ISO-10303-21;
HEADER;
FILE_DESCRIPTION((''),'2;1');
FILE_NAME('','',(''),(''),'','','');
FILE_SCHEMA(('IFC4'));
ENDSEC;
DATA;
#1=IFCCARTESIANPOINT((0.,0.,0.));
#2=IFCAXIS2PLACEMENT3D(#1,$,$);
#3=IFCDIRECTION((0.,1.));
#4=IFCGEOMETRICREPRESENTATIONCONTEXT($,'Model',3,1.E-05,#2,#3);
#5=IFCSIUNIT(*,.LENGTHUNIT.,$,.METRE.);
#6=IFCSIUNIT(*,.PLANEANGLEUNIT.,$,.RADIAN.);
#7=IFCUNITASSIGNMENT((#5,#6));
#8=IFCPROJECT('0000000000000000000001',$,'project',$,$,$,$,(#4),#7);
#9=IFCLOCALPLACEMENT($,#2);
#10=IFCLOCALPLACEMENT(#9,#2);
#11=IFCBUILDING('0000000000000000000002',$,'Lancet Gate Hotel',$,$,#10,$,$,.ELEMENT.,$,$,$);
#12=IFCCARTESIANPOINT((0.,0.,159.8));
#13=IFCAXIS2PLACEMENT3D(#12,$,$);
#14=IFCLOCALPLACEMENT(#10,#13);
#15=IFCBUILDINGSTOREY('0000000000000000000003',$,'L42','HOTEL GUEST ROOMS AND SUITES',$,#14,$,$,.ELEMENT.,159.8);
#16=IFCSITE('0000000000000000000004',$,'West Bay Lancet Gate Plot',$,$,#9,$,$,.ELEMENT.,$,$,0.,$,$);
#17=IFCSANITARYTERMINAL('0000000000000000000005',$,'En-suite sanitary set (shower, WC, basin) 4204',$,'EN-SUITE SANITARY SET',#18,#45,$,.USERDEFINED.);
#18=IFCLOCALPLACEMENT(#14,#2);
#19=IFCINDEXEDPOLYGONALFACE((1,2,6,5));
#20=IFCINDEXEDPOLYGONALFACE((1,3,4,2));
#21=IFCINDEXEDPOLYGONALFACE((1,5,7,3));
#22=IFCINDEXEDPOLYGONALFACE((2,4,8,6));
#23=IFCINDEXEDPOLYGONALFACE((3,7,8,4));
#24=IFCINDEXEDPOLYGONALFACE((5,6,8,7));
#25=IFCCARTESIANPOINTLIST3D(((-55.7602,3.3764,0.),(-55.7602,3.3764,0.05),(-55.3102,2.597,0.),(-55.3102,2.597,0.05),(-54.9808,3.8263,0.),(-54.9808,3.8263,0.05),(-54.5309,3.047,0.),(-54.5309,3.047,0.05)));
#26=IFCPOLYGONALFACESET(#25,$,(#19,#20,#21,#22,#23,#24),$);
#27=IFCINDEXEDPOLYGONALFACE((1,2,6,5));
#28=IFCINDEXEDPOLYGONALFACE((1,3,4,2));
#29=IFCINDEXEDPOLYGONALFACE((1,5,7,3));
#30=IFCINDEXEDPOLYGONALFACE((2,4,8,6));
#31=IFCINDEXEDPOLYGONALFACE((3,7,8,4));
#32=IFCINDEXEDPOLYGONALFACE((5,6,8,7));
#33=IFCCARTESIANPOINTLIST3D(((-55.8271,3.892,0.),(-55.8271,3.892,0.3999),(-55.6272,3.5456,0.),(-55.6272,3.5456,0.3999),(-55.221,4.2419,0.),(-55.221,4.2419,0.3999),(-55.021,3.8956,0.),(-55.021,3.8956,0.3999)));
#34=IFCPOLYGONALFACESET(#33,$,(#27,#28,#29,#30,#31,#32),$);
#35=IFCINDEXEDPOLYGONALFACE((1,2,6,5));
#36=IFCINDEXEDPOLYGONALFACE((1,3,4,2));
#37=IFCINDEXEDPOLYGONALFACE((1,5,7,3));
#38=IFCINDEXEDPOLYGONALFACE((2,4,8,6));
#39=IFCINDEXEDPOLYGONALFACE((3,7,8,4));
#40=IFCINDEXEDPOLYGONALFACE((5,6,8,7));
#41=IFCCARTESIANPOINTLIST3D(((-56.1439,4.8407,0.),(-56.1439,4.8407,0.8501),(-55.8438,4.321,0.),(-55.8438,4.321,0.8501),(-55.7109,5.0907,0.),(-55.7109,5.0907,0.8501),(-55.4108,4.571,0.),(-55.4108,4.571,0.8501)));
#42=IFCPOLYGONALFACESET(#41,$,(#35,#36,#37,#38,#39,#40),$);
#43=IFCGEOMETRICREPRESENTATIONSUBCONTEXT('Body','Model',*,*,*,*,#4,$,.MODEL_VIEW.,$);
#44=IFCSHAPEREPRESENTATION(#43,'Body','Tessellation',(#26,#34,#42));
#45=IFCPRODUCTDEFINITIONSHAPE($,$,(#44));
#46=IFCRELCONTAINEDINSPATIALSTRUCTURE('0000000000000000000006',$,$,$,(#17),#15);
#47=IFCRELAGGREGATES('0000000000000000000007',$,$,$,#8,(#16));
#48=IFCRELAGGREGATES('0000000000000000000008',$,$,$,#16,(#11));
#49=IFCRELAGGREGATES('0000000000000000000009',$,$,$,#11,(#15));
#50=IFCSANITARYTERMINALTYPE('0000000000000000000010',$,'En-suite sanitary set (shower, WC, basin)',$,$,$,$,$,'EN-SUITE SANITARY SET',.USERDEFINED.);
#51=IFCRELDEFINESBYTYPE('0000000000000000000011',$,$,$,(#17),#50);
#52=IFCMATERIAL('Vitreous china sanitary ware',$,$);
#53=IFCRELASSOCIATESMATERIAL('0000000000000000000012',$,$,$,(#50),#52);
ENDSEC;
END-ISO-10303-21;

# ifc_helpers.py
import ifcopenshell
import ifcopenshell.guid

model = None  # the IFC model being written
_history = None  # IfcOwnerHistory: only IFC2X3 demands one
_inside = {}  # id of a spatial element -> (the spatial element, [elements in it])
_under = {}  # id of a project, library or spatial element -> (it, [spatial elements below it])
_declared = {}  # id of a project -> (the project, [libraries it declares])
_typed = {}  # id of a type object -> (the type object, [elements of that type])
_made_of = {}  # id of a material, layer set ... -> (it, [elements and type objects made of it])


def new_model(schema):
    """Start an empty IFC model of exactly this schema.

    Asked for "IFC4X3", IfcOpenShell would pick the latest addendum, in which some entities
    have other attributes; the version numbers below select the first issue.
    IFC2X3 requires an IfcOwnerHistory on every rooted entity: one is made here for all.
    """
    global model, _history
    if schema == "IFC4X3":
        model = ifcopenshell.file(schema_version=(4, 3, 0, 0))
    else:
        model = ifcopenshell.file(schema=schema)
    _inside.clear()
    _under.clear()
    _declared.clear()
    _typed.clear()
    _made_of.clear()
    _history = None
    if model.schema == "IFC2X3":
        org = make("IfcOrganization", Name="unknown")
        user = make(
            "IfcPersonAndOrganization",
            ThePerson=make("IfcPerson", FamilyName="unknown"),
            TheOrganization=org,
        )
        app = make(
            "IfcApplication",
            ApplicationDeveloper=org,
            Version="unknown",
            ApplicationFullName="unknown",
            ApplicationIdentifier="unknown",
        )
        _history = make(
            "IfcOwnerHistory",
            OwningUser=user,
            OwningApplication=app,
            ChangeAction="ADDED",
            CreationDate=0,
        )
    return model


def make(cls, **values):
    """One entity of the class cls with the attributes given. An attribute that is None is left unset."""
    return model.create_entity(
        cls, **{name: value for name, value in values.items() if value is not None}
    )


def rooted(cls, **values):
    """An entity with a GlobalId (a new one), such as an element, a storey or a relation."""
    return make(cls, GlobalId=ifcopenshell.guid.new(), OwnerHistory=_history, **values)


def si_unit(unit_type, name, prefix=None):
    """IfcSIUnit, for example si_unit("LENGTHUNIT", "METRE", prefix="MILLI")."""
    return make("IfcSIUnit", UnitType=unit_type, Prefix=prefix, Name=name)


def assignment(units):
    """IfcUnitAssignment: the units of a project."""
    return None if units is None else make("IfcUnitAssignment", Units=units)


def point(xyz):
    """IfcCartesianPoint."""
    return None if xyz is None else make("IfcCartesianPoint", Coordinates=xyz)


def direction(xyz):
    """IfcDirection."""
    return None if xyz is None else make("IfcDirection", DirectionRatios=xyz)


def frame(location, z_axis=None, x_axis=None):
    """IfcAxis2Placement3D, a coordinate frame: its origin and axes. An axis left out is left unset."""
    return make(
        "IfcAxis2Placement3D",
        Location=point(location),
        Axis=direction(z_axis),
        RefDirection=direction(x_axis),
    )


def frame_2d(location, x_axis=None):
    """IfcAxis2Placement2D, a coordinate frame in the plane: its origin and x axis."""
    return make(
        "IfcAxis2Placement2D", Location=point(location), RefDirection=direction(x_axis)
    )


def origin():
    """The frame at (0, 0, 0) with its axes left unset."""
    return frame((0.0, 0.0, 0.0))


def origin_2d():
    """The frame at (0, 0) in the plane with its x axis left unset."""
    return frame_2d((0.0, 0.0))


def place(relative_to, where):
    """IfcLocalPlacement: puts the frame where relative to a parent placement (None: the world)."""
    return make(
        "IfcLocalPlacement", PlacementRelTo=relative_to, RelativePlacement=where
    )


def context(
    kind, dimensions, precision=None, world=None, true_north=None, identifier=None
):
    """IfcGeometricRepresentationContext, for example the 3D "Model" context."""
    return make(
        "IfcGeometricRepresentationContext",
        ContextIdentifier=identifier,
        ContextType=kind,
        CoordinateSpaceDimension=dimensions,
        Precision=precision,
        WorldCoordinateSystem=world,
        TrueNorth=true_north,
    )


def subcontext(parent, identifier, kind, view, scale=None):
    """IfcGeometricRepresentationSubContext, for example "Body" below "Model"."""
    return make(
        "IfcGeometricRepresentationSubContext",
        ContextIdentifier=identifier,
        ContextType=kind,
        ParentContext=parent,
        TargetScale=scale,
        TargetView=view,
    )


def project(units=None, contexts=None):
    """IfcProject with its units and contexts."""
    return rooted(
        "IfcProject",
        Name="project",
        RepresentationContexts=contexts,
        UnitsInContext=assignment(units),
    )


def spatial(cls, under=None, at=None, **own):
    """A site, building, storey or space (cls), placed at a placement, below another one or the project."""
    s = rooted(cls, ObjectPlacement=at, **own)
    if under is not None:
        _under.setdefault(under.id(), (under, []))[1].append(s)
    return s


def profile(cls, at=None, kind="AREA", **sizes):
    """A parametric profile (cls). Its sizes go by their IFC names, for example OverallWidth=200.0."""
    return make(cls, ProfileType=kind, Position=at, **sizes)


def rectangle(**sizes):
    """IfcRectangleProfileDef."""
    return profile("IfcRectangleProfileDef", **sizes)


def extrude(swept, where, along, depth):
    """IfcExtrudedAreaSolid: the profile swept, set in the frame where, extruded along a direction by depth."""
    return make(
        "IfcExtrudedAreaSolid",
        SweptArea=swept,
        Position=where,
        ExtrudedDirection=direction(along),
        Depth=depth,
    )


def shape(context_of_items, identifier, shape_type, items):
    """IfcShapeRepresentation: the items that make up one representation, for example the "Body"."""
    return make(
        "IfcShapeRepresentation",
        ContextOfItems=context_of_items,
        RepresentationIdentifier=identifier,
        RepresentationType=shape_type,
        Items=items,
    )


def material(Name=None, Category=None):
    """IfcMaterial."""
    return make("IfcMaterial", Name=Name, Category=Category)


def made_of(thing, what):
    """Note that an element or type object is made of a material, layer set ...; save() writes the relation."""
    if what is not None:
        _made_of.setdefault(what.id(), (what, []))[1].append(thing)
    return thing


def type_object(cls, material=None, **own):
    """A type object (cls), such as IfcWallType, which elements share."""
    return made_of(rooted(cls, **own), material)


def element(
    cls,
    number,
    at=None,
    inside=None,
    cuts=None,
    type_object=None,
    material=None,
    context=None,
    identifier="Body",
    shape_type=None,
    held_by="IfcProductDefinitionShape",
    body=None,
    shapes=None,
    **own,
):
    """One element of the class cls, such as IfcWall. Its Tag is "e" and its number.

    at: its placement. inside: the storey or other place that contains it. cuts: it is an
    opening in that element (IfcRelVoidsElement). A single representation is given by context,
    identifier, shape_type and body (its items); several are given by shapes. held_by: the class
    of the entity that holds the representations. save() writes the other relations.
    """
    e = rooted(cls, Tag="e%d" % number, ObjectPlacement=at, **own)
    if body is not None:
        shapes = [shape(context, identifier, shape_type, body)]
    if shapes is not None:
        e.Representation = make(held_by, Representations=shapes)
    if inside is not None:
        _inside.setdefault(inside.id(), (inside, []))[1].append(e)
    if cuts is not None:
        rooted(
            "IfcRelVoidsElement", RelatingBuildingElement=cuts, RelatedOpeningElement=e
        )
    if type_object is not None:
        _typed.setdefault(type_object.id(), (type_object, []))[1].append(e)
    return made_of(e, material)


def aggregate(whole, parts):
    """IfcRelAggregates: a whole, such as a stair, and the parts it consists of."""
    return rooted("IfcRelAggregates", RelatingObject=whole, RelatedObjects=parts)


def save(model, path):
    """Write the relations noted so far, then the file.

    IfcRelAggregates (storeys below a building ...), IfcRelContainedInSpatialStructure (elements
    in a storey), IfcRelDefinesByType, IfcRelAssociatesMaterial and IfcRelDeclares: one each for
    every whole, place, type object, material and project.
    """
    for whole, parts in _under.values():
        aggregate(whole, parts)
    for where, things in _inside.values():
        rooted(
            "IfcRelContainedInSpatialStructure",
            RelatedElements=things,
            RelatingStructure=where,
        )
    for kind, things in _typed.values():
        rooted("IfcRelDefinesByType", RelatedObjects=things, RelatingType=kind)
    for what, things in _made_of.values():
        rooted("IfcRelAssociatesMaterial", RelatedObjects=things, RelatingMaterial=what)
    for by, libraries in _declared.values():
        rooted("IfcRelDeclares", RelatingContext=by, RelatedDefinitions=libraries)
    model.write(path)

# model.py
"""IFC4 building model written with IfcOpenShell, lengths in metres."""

from ifc_helpers import new_model, si_unit, direction, frame, origin, origin_2d, place, context, subcontext, project, spatial, rectangle, extrude, material, type_object, element, save


model = new_model("IFC4")

# Units and contexts
model_context = context("Model", 3, precision=1e-05, world=origin(), true_north=direction((0.0, 1.0)))
body_context = subcontext(model_context, "Body", "Model", "MODEL_VIEW")
ifc_project = project(units=[si_unit("LENGTHUNIT", "METRE"), si_unit("PLANEANGLEUNIT", "RADIAN")], contexts=[model_context])

# Site, building, storey
site_placement = place(None, origin())
site = spatial("IfcSite", under=ifc_project, at=site_placement, Name="West Bay Lancet Gate Plot", CompositionType="ELEMENT", RefElevation=0.0)
building_placement = place(site_placement, origin())
building = spatial("IfcBuilding", under=site, at=building_placement, Name="Lancet Gate Hotel", CompositionType="ELEMENT")
storey_placement = place(building_placement, frame((0.0, 0.0, 159.8)))
storey = spatial("IfcBuildingStorey", under=building, at=storey_placement, Name="L42", Description="HOTEL GUEST ROOMS AND SUITES", CompositionType="ELEMENT", Elevation=159.8)

# Sanitary terminal
ifc_material_1 = material(Name="Vitreous china sanitary ware")
sanitary_terminal_type = type_object("IfcSanitaryTerminalType", Name="En-suite sanitary set (shower, WC, basin)", ElementType="EN-SUITE SANITARY SET", PredefinedType="USERDEFINED", material=ifc_material_1)
sanitary_terminal_1_placement = place(storey_placement, frame((-55.1455, 3.2117, 0.0), z_axis=(0.0, 0.0, 1.0), x_axis=(1.0, 0.0, 0.0)))
element("IfcSanitaryTerminal", 1, at=sanitary_terminal_1_placement, inside=storey, type_object=sanitary_terminal_type, Name="En-suite sanitary set (shower, WC, basin) 4204", ObjectType="EN-SUITE SANITARY SET", PredefinedType="USERDEFINED", context=body_context, shape_type="SweptSolid", body=[
    extrude(rectangle(XDim=0.8999, YDim=0.8999, at=origin_2d()), frame((0.0, 0.0, 0.0), z_axis=(0.0, 0.0, 1.0), x_axis=(0.5, -0.866025, 0.0)), (0.0, 0.0, 1.0), 0.05),
    extrude(rectangle(XDim=0.3999, YDim=0.7, at=origin_2d()), frame((-0.2786, 0.6821, 0.0), z_axis=(0.0, 0.0, 1.0), x_axis=(0.5, -0.866025, 0.0)), (0.0, 0.0, 1.0), 0.3999),
    extrude(rectangle(XDim=0.6001, YDim=0.5, at=origin_2d()), frame((-0.6318, 1.4941, 0.0), z_axis=(0.0, 0.0, 1.0), x_axis=(0.5, -0.866025, 0.0)), (0.0, 0.0, 1.0), 0.8501),
])

save(model, "model.ifc")
